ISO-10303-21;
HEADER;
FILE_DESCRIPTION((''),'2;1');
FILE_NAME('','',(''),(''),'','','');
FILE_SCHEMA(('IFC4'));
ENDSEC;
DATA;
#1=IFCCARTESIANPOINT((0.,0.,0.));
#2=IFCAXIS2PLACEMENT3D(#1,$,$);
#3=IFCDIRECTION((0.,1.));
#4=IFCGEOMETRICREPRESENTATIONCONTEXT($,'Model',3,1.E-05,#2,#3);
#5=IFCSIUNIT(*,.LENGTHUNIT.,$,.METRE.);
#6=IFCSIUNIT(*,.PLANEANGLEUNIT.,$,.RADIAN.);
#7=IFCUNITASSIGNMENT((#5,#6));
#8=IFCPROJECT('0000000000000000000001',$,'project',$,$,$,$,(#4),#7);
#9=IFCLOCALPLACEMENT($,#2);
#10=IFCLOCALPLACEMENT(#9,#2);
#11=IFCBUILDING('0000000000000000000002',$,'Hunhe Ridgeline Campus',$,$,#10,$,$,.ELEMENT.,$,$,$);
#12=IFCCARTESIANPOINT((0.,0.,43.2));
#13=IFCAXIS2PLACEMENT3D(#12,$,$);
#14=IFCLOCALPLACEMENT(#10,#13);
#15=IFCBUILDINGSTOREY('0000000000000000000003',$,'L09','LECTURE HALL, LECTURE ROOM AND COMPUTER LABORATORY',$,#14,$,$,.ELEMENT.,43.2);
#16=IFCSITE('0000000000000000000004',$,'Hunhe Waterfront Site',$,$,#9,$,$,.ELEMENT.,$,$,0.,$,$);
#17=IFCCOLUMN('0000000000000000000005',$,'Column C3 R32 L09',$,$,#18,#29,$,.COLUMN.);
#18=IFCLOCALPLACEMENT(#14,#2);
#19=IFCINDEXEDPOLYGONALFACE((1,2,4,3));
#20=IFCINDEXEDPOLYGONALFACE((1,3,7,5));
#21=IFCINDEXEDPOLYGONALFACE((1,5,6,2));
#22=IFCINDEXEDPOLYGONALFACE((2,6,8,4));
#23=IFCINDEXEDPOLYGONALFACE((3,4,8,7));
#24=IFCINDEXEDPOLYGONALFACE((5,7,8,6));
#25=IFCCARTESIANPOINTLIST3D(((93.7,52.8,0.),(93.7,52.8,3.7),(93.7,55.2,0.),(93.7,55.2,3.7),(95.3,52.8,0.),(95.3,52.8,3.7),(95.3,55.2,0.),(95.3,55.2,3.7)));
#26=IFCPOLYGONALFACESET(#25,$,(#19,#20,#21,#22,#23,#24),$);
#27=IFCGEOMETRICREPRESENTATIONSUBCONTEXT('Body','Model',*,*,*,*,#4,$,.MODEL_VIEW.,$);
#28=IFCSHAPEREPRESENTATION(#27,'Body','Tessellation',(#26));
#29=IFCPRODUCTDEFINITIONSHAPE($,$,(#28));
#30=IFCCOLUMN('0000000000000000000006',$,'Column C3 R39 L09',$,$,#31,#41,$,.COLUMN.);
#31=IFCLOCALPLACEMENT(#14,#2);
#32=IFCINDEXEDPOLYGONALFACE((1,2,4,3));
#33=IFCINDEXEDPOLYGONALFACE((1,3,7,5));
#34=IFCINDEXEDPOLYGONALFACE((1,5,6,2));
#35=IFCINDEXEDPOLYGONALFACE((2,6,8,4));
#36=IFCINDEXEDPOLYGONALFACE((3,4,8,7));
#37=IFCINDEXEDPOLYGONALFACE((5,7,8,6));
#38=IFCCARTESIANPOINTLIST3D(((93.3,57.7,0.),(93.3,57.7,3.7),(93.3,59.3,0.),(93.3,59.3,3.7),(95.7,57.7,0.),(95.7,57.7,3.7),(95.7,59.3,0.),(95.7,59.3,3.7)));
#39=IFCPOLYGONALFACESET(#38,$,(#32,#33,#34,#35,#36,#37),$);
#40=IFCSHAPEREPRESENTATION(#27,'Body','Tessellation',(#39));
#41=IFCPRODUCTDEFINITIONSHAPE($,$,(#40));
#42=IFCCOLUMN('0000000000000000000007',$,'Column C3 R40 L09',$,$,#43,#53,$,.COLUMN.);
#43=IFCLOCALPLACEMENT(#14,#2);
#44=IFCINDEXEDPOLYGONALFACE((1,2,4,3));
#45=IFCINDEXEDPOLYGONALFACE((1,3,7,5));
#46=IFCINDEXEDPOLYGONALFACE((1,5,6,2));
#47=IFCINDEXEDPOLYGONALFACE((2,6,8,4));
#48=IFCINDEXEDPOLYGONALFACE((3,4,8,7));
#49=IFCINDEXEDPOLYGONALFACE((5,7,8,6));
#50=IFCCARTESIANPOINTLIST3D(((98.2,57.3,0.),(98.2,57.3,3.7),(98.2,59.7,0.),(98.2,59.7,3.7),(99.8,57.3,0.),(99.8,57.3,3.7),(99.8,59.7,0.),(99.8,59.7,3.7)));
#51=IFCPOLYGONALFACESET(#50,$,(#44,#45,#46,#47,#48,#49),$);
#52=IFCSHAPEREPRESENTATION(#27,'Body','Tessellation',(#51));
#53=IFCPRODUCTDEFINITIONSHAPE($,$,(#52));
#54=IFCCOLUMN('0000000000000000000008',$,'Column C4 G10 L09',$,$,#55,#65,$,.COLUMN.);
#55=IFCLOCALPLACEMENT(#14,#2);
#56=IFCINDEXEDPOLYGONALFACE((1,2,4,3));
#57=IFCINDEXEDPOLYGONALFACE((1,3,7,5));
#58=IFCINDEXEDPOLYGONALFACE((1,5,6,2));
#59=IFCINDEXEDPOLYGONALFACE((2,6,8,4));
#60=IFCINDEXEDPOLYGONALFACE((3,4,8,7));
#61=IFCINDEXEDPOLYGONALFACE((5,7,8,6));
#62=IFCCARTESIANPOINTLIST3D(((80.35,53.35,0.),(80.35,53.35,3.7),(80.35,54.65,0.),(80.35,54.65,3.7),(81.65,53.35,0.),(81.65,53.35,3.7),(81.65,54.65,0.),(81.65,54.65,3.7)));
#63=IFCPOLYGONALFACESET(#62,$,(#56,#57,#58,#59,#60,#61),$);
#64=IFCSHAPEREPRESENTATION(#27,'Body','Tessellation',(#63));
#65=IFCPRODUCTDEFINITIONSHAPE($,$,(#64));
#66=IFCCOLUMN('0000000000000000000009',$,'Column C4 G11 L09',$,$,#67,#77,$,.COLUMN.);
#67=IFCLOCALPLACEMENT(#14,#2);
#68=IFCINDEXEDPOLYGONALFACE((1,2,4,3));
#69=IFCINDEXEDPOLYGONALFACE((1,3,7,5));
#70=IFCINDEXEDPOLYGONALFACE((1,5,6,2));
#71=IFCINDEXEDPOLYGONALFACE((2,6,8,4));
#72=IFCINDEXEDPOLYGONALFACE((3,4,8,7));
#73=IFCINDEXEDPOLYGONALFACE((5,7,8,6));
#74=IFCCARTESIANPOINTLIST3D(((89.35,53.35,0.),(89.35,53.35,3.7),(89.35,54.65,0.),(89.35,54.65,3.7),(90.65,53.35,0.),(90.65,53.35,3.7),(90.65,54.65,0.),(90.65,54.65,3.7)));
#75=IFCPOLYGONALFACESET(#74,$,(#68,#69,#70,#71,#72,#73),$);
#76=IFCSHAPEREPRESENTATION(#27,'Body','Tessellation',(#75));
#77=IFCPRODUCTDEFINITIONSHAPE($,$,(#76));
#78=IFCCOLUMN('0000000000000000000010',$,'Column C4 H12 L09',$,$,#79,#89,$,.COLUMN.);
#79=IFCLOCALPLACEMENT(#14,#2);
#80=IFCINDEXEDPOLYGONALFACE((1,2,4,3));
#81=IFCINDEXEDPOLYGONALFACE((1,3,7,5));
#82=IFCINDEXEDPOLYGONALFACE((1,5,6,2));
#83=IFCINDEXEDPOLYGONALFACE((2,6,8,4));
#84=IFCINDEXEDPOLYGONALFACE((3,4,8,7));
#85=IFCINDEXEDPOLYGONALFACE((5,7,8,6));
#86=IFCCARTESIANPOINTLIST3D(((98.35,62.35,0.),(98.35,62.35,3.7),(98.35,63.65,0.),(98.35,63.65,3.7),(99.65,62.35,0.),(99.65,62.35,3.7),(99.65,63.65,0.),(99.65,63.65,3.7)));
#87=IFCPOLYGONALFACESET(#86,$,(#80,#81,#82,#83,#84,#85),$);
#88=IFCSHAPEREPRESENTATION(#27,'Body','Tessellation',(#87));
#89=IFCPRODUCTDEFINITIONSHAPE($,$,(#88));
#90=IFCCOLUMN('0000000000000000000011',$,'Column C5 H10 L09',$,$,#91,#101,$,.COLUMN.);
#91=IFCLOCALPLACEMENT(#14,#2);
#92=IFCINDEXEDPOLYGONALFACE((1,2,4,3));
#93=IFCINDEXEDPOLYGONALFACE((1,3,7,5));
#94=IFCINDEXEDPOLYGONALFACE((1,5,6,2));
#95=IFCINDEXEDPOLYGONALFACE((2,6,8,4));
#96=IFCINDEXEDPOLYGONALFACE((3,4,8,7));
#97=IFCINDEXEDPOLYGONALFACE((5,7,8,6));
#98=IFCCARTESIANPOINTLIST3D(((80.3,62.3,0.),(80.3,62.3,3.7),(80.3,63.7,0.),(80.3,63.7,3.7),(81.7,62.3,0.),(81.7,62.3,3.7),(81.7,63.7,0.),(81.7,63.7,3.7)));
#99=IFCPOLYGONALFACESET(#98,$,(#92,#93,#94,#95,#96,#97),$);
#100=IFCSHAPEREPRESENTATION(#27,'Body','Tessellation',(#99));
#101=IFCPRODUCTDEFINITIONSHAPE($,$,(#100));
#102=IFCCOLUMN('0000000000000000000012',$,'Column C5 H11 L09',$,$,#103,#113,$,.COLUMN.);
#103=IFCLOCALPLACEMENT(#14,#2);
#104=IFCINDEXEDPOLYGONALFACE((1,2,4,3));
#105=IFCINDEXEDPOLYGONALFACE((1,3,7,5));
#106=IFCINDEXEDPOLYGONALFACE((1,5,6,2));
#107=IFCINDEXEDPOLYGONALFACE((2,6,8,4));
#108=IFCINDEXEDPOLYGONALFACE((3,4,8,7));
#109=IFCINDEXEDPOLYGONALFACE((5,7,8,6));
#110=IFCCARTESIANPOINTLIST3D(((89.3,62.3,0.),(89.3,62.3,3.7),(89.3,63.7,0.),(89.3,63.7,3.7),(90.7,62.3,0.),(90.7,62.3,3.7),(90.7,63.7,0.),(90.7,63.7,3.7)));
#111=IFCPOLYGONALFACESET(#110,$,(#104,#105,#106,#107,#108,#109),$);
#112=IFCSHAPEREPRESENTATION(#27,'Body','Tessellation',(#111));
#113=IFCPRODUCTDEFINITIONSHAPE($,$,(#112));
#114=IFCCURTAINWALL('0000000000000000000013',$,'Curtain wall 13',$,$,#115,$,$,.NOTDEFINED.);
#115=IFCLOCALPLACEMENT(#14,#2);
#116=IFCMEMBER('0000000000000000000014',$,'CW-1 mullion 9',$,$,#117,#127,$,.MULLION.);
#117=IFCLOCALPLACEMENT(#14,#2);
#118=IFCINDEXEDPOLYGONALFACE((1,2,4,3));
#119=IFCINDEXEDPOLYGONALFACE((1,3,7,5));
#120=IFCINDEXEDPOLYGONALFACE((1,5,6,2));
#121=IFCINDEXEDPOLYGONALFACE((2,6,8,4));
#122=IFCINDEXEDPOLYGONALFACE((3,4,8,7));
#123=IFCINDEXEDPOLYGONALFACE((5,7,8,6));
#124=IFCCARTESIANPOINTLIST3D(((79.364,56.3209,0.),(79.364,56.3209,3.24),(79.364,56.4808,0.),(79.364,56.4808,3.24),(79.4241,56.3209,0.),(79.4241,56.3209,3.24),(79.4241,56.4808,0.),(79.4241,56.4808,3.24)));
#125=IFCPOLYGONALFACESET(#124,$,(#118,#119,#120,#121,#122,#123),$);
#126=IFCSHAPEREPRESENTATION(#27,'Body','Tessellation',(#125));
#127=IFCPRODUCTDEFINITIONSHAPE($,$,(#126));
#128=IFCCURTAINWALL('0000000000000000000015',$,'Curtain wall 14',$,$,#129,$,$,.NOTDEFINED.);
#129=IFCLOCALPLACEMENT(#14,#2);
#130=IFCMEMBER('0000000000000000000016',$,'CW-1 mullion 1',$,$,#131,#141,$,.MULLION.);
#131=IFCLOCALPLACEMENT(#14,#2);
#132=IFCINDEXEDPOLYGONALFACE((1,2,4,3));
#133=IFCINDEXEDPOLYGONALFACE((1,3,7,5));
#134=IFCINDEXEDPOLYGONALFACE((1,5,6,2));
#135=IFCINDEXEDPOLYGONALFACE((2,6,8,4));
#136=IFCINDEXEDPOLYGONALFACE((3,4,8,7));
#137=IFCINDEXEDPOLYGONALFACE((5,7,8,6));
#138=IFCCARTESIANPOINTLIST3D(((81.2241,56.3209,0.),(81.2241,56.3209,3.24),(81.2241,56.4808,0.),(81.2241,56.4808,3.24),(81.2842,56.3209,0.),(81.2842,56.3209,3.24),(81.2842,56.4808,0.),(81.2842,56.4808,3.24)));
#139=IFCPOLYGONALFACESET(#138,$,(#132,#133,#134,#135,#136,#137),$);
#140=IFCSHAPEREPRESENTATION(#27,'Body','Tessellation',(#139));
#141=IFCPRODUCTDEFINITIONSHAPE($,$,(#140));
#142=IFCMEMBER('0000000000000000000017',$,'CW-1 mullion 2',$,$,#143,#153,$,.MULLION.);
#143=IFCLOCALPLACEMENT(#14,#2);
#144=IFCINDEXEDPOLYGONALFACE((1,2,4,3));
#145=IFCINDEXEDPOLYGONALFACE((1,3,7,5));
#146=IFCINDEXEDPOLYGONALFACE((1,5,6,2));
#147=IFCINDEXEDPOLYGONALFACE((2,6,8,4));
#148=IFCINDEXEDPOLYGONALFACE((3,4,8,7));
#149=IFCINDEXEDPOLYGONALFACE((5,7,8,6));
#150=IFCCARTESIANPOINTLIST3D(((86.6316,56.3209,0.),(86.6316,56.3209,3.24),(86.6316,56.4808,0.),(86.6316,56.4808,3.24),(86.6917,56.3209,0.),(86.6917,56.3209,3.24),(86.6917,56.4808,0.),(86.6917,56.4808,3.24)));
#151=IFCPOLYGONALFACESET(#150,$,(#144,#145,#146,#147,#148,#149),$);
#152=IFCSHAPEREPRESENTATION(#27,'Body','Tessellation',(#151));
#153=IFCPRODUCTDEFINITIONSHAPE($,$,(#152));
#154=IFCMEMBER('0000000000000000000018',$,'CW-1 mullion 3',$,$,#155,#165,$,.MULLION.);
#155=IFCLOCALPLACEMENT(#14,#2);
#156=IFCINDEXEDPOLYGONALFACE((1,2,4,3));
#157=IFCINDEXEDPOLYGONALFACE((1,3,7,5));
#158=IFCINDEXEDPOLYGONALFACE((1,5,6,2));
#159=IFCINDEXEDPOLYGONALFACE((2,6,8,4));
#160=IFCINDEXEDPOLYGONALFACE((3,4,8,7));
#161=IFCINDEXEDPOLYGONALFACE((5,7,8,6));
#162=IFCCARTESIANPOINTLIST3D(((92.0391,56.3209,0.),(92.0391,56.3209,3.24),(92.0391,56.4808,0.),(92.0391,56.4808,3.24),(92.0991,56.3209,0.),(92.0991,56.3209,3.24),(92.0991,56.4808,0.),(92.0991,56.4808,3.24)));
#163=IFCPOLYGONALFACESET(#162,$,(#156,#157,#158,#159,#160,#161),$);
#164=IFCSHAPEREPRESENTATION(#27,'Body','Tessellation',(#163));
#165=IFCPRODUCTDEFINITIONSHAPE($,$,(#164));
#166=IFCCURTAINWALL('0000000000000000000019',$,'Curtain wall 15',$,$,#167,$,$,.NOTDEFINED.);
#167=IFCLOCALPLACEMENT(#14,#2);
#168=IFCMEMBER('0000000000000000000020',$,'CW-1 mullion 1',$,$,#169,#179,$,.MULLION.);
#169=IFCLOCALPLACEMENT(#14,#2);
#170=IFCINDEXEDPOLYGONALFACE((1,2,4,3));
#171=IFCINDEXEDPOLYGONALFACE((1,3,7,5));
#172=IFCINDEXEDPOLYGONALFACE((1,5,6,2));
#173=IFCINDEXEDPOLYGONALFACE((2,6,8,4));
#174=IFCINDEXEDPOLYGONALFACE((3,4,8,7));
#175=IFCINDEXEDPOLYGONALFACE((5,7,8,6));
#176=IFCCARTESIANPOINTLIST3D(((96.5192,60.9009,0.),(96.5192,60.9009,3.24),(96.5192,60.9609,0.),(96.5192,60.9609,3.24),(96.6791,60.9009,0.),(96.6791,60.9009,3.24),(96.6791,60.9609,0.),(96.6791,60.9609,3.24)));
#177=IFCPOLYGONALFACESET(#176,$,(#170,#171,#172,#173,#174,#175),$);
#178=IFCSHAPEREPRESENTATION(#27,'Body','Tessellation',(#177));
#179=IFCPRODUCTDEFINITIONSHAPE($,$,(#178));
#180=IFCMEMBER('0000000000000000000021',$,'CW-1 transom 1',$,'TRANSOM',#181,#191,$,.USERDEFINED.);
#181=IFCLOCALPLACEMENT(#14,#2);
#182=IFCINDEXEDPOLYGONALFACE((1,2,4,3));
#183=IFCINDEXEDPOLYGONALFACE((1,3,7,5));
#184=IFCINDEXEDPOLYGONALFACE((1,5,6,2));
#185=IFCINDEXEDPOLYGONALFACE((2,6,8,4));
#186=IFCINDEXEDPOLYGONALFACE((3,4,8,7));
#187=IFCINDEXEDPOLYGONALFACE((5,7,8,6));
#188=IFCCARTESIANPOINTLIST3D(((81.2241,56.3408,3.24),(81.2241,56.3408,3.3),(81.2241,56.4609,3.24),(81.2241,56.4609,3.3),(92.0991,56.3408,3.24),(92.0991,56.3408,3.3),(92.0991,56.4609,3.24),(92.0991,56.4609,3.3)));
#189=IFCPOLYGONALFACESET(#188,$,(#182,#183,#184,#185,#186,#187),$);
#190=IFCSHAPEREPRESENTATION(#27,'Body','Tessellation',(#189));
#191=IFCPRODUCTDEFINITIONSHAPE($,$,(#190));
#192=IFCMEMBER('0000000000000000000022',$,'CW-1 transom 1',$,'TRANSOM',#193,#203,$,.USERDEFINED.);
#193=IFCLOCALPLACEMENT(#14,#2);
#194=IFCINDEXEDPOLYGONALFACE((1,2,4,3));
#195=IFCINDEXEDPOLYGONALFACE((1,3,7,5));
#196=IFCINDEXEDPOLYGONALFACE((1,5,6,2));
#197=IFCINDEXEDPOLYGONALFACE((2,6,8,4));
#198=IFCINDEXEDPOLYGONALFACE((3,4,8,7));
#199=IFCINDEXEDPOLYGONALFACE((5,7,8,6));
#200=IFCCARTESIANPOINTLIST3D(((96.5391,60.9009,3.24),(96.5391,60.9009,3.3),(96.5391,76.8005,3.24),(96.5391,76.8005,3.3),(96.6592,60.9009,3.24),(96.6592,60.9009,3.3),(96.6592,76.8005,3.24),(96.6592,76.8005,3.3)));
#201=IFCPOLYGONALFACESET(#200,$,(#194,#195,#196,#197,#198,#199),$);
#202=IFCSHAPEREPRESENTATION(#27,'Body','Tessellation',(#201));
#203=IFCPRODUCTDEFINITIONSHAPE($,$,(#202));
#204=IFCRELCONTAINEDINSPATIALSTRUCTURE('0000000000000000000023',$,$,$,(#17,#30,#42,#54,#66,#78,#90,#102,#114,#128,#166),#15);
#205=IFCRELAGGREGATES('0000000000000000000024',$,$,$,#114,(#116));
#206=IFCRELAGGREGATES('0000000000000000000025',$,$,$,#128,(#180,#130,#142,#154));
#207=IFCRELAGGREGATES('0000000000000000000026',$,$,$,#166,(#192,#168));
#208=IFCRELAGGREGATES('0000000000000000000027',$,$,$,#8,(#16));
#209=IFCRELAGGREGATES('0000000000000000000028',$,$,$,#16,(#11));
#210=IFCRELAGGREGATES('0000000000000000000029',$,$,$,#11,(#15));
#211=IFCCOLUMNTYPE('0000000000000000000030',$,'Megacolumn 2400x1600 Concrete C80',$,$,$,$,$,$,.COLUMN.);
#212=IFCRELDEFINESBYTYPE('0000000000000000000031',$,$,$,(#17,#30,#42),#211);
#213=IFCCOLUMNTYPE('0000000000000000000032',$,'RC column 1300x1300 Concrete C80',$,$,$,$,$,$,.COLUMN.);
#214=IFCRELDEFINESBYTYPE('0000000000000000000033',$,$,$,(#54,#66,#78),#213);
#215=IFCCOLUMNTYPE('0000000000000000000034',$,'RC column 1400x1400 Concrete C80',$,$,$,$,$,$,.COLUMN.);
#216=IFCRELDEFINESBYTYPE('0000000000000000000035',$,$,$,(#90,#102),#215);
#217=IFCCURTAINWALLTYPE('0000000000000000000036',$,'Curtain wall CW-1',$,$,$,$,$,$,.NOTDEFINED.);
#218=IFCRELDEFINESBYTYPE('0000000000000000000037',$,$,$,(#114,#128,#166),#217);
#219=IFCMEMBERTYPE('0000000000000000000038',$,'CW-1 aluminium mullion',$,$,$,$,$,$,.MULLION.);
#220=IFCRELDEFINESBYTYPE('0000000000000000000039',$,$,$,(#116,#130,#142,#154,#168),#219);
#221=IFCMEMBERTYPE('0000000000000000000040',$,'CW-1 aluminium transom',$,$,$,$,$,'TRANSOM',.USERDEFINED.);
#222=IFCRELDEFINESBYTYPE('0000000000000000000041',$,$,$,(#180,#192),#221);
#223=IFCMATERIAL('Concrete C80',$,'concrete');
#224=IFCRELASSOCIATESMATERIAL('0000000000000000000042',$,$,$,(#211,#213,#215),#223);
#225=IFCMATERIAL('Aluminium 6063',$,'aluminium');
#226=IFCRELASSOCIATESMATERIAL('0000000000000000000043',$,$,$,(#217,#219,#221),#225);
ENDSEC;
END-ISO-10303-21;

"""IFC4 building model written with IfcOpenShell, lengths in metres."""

from ifc_helpers import new_model, si_unit, direction, frame, origin, origin_2d, place, context, subcontext, project, spatial, rectangle, extrude, material, material_profile, profile_set, type_object, element, aggregate, save


model = new_model("IFC4")

# Units and contexts
model_context = context("Model", 3, precision=1e-05, world=origin(), true_north=direction((0.0, 1.0)))
body_context = subcontext(model_context, "Body", "Model", "MODEL_VIEW")
ifc_project = project(units=[si_unit("LENGTHUNIT", "METRE"), si_unit("PLANEANGLEUNIT", "RADIAN")], contexts=[model_context])

# Site, building, storey
site_placement = place(None, origin())
site = spatial("IfcSite", under=ifc_project, at=site_placement, Name="Hunhe Waterfront Site", CompositionType="ELEMENT", RefElevation=0.0)
building_placement = place(site_placement, origin())
building = spatial("IfcBuilding", under=site, at=building_placement, Name="Hunhe Ridgeline Campus", CompositionType="ELEMENT")
storey_placement = place(building_placement, frame((0.0, 0.0, 43.2)))
storey = spatial("IfcBuildingStorey", under=building, at=storey_placement, Name="L09", Description="LECTURE HALL, LECTURE ROOM AND COMPUTER LABORATORY", CompositionType="ELEMENT", Elevation=43.2)

# Columns
ifc_material_1 = material(Name="Concrete C80", Category="concrete")
ifc_material_profile_1 = material_profile(ifc_material_1, rectangle(XDim=2.3999, YDim=1.6001, at=origin_2d()))
ifc_profile_set_1 = profile_set([ifc_material_profile_1], Name="Concrete C80")
column_type_1 = type_object("IfcColumnType", Name="Megacolumn 2400x1600 Concrete C80", PredefinedType="COLUMN", material=ifc_profile_set_1)
for number, where, z_axis, x_axis, name in (
    (1, (94.5, 54.0, 0.0), (0.0, 0.0, 1.0), (0.0, 1.0, 0.0), "Column C3 R32 L09"),
    (2, (94.5, 58.5, 0.0), (0.0, 0.0, 1.0), (1.0, 0.0, 0.0), "Column C3 R39 L09"),
    (3, (99.0, 58.5, 0.0), (0.0, 0.0, 1.0), (0.0, 1.0, 0.0), "Column C3 R40 L09"),
):
    element("IfcColumn", number, at=place(storey_placement, frame(where, z_axis=z_axis, x_axis=x_axis)), inside=storey, type_object=column_type_1, Name=name, PredefinedType="COLUMN", context=body_context, shape_type="SweptSolid", body=[
        extrude(rectangle(XDim=2.3999, YDim=1.6001, at=origin_2d()), origin(), (0.0, 0.0, 1.0), 3.7),
    ])
ifc_material_profile_2 = material_profile(ifc_material_1, rectangle(XDim=1.3, YDim=1.3, at=origin_2d()))
ifc_profile_set_2 = profile_set([ifc_material_profile_2], Name="Concrete C80")
column_type_2 = type_object("IfcColumnType", Name="RC column 1300x1300 Concrete C80", PredefinedType="COLUMN", material=ifc_profile_set_2)
for number, where, z_axis, x_axis, name in (
    (4, (81.0, 54.0, 0.0), (0.0, 0.0, 1.0), (1.0, 0.0, 0.0), "Column C4 G10 L09"),
    (5, (90.0, 54.0, 0.0), (0.0, 0.0, 1.0), (1.0, 0.0, 0.0), "Column C4 G11 L09"),
    (6, (99.0, 63.0, 0.0), (0.0, 0.0, 1.0), (1.0, 0.0, 0.0), "Column C4 H12 L09"),
):
    element("IfcColumn", number, at=place(storey_placement, frame(where, z_axis=z_axis, x_axis=x_axis)), inside=storey, type_object=column_type_2, Name=name, PredefinedType="COLUMN", context=body_context, shape_type="SweptSolid", body=[
        extrude(rectangle(XDim=1.3, YDim=1.3, at=origin_2d()), origin(), (0.0, 0.0, 1.0), 3.7),
    ])
ifc_material_profile_3 = material_profile(ifc_material_1, rectangle(XDim=1.3999, YDim=1.3999, at=origin_2d()))
ifc_profile_set_3 = profile_set([ifc_material_profile_3], Name="Concrete C80")
column_type_3 = type_object("IfcColumnType", Name="RC column 1400x1400 Concrete C80", PredefinedType="COLUMN", material=ifc_profile_set_3)
for number, where, z_axis, x_axis, name in (
    (7, (81.0, 63.0, 0.0), (0.0, 0.0, 1.0), (1.0, 0.0, 0.0), "Column C5 H10 L09"),
    (8, (90.0, 63.0, 0.0), (0.0, 0.0, 1.0), (1.0, 0.0, 0.0), "Column C5 H11 L09"),
):
    element("IfcColumn", number, at=place(storey_placement, frame(where, z_axis=z_axis, x_axis=x_axis)), inside=storey, type_object=column_type_3, Name=name, PredefinedType="COLUMN", context=body_context, shape_type="SweptSolid", body=[
        extrude(rectangle(XDim=1.3999, YDim=1.3999, at=origin_2d()), origin(), (0.0, 0.0, 1.0), 3.7),
    ])

# Curtain wall, member
ifc_material_2 = material(Name="Aluminium 6063", Category="aluminium")
curtain_wall_type = type_object("IfcCurtainWallType", Name="Curtain wall CW-1", PredefinedType="NOTDEFINED", material=ifc_material_2)
curtain_wall_1_placement = place(storey_placement, origin())
curtain_wall_1 = element("IfcCurtainWall", 9, at=curtain_wall_1_placement, inside=storey, type_object=curtain_wall_type, Name="Curtain wall 13", PredefinedType="NOTDEFINED")
ifc_material_profile_4 = material_profile(ifc_material_2, rectangle(XDim=0.1599, YDim=0.0601, at=origin_2d()))
ifc_profile_set_4 = profile_set([ifc_material_profile_4], Name="Aluminium 6063")
member_type_1 = type_object("IfcMemberType", Name="CW-1 aluminium mullion", PredefinedType="MULLION", material=ifc_profile_set_4)
member_1_placement = place(storey_placement, frame((79.394, 56.4009, 0.0), z_axis=(0.0, 0.0, 1.0), x_axis=(-0.000004, 1.0, 0.0)))
member_1 = element("IfcMember", 10, at=member_1_placement, type_object=member_type_1, Name="CW-1 mullion 9", PredefinedType="MULLION", context=body_context, shape_type="SweptSolid", body=[
    extrude(rectangle(XDim=0.1599, YDim=0.0601, at=origin_2d()), origin(), (0.0, 0.0, 1.0), 3.24),
])
aggregate(curtain_wall_1, [member_1])

# Curtain wall, members
curtain_wall_2_placement = place(storey_placement, origin())
curtain_wall_2 = element("IfcCurtainWall", 11, at=curtain_wall_2_placement, inside=storey, type_object=curtain_wall_type, Name="Curtain wall 14", PredefinedType="NOTDEFINED")
member_2_placement = place(storey_placement, frame((81.2542, 56.4009, 0.0), z_axis=(0.0, 0.0, 1.0), x_axis=(-0.000004, 1.0, 0.0)))
member_2 = element("IfcMember", 12, at=member_2_placement, type_object=member_type_1, Name="CW-1 mullion 1", PredefinedType="MULLION", context=body_context, shape_type="SweptSolid", body=[
    extrude(rectangle(XDim=0.1599, YDim=0.0601, at=origin_2d()), origin(), (0.0, 0.0, 1.0), 3.24),
])
member_3_placement = place(storey_placement, frame((86.6616, 56.4009, 0.0), z_axis=(0.0, 0.0, 1.0), x_axis=(-0.000004, 1.0, 0.0)))
member_3 = element("IfcMember", 13, at=member_3_placement, type_object=member_type_1, Name="CW-1 mullion 2", PredefinedType="MULLION", context=body_context, shape_type="SweptSolid", body=[
    extrude(rectangle(XDim=0.1599, YDim=0.0601, at=origin_2d()), origin(), (0.0, 0.0, 1.0), 3.24),
])
member_4_placement = place(storey_placement, frame((92.0691, 56.4009, 0.0), z_axis=(0.0, 0.0, 1.0), x_axis=(-0.000004, 1.0, 0.0)))
member_4 = element("IfcMember", 14, at=member_4_placement, type_object=member_type_1, Name="CW-1 mullion 3", PredefinedType="MULLION", context=body_context, shape_type="SweptSolid", body=[
    extrude(rectangle(XDim=0.1599, YDim=0.0601, at=origin_2d()), origin(), (0.0, 0.0, 1.0), 3.24),
])

# Curtain wall, member
curtain_wall_3_placement = place(storey_placement, origin())
curtain_wall_3 = element("IfcCurtainWall", 15, at=curtain_wall_3_placement, inside=storey, type_object=curtain_wall_type, Name="Curtain wall 15", PredefinedType="NOTDEFINED")
member_5_placement = place(storey_placement, frame((96.5991, 60.9309, 0.0), z_axis=(0.0, 0.0, 1.0), x_axis=(-1.0, 0.0, 0.0)))
member_5 = element("IfcMember", 16, at=member_5_placement, type_object=member_type_1, Name="CW-1 mullion 1", PredefinedType="MULLION", context=body_context, shape_type="SweptSolid", body=[
    extrude(rectangle(XDim=0.1599, YDim=0.0601, at=origin_2d()), origin(), (0.0, 0.0, 1.0), 3.24),
])

# Members
ifc_material_profile_5 = material_profile(ifc_material_2, rectangle(XDim=0.1201, YDim=0.0601, at=origin_2d()))
ifc_profile_set_5 = profile_set([ifc_material_profile_5], Name="Aluminium 6063")
member_type_2 = type_object("IfcMemberType", Name="CW-1 aluminium transom", ElementType="TRANSOM", PredefinedType="USERDEFINED", material=ifc_profile_set_5)
member_6_placement = place(storey_placement, frame((81.2241, 56.4009, 3.27), z_axis=(1.0, 0.0, 0.0), x_axis=(0.0, 1.0, 0.0)))
member_6 = element("IfcMember", 17, at=member_6_placement, type_object=member_type_2, Name="CW-1 transom 1", ObjectType="TRANSOM", PredefinedType="USERDEFINED", context=body_context, shape_type="SweptSolid", body=[
    extrude(rectangle(XDim=0.1201, YDim=0.0601, at=origin_2d()), origin(), (0.0, 0.0, 1.0), 10.875),
])
member_7_placement = place(storey_placement, frame((96.5991, 60.9009, 3.27), z_axis=(0.0, 1.0, 0.0), x_axis=(-1.0, 0.0, 0.0)))
member_7 = element("IfcMember", 18, at=member_7_placement, type_object=member_type_2, Name="CW-1 transom 1", ObjectType="TRANSOM", PredefinedType="USERDEFINED", context=body_context, shape_type="SweptSolid", body=[
    extrude(rectangle(XDim=0.1201, YDim=0.0601, at=origin_2d()), origin(), (0.0, 0.0, 1.0), 15.8997),
])

aggregate(curtain_wall_2, [member_6, member_2, member_3, member_4])
aggregate(curtain_wall_3, [member_7, member_5])

save(model, "model.ifc")
